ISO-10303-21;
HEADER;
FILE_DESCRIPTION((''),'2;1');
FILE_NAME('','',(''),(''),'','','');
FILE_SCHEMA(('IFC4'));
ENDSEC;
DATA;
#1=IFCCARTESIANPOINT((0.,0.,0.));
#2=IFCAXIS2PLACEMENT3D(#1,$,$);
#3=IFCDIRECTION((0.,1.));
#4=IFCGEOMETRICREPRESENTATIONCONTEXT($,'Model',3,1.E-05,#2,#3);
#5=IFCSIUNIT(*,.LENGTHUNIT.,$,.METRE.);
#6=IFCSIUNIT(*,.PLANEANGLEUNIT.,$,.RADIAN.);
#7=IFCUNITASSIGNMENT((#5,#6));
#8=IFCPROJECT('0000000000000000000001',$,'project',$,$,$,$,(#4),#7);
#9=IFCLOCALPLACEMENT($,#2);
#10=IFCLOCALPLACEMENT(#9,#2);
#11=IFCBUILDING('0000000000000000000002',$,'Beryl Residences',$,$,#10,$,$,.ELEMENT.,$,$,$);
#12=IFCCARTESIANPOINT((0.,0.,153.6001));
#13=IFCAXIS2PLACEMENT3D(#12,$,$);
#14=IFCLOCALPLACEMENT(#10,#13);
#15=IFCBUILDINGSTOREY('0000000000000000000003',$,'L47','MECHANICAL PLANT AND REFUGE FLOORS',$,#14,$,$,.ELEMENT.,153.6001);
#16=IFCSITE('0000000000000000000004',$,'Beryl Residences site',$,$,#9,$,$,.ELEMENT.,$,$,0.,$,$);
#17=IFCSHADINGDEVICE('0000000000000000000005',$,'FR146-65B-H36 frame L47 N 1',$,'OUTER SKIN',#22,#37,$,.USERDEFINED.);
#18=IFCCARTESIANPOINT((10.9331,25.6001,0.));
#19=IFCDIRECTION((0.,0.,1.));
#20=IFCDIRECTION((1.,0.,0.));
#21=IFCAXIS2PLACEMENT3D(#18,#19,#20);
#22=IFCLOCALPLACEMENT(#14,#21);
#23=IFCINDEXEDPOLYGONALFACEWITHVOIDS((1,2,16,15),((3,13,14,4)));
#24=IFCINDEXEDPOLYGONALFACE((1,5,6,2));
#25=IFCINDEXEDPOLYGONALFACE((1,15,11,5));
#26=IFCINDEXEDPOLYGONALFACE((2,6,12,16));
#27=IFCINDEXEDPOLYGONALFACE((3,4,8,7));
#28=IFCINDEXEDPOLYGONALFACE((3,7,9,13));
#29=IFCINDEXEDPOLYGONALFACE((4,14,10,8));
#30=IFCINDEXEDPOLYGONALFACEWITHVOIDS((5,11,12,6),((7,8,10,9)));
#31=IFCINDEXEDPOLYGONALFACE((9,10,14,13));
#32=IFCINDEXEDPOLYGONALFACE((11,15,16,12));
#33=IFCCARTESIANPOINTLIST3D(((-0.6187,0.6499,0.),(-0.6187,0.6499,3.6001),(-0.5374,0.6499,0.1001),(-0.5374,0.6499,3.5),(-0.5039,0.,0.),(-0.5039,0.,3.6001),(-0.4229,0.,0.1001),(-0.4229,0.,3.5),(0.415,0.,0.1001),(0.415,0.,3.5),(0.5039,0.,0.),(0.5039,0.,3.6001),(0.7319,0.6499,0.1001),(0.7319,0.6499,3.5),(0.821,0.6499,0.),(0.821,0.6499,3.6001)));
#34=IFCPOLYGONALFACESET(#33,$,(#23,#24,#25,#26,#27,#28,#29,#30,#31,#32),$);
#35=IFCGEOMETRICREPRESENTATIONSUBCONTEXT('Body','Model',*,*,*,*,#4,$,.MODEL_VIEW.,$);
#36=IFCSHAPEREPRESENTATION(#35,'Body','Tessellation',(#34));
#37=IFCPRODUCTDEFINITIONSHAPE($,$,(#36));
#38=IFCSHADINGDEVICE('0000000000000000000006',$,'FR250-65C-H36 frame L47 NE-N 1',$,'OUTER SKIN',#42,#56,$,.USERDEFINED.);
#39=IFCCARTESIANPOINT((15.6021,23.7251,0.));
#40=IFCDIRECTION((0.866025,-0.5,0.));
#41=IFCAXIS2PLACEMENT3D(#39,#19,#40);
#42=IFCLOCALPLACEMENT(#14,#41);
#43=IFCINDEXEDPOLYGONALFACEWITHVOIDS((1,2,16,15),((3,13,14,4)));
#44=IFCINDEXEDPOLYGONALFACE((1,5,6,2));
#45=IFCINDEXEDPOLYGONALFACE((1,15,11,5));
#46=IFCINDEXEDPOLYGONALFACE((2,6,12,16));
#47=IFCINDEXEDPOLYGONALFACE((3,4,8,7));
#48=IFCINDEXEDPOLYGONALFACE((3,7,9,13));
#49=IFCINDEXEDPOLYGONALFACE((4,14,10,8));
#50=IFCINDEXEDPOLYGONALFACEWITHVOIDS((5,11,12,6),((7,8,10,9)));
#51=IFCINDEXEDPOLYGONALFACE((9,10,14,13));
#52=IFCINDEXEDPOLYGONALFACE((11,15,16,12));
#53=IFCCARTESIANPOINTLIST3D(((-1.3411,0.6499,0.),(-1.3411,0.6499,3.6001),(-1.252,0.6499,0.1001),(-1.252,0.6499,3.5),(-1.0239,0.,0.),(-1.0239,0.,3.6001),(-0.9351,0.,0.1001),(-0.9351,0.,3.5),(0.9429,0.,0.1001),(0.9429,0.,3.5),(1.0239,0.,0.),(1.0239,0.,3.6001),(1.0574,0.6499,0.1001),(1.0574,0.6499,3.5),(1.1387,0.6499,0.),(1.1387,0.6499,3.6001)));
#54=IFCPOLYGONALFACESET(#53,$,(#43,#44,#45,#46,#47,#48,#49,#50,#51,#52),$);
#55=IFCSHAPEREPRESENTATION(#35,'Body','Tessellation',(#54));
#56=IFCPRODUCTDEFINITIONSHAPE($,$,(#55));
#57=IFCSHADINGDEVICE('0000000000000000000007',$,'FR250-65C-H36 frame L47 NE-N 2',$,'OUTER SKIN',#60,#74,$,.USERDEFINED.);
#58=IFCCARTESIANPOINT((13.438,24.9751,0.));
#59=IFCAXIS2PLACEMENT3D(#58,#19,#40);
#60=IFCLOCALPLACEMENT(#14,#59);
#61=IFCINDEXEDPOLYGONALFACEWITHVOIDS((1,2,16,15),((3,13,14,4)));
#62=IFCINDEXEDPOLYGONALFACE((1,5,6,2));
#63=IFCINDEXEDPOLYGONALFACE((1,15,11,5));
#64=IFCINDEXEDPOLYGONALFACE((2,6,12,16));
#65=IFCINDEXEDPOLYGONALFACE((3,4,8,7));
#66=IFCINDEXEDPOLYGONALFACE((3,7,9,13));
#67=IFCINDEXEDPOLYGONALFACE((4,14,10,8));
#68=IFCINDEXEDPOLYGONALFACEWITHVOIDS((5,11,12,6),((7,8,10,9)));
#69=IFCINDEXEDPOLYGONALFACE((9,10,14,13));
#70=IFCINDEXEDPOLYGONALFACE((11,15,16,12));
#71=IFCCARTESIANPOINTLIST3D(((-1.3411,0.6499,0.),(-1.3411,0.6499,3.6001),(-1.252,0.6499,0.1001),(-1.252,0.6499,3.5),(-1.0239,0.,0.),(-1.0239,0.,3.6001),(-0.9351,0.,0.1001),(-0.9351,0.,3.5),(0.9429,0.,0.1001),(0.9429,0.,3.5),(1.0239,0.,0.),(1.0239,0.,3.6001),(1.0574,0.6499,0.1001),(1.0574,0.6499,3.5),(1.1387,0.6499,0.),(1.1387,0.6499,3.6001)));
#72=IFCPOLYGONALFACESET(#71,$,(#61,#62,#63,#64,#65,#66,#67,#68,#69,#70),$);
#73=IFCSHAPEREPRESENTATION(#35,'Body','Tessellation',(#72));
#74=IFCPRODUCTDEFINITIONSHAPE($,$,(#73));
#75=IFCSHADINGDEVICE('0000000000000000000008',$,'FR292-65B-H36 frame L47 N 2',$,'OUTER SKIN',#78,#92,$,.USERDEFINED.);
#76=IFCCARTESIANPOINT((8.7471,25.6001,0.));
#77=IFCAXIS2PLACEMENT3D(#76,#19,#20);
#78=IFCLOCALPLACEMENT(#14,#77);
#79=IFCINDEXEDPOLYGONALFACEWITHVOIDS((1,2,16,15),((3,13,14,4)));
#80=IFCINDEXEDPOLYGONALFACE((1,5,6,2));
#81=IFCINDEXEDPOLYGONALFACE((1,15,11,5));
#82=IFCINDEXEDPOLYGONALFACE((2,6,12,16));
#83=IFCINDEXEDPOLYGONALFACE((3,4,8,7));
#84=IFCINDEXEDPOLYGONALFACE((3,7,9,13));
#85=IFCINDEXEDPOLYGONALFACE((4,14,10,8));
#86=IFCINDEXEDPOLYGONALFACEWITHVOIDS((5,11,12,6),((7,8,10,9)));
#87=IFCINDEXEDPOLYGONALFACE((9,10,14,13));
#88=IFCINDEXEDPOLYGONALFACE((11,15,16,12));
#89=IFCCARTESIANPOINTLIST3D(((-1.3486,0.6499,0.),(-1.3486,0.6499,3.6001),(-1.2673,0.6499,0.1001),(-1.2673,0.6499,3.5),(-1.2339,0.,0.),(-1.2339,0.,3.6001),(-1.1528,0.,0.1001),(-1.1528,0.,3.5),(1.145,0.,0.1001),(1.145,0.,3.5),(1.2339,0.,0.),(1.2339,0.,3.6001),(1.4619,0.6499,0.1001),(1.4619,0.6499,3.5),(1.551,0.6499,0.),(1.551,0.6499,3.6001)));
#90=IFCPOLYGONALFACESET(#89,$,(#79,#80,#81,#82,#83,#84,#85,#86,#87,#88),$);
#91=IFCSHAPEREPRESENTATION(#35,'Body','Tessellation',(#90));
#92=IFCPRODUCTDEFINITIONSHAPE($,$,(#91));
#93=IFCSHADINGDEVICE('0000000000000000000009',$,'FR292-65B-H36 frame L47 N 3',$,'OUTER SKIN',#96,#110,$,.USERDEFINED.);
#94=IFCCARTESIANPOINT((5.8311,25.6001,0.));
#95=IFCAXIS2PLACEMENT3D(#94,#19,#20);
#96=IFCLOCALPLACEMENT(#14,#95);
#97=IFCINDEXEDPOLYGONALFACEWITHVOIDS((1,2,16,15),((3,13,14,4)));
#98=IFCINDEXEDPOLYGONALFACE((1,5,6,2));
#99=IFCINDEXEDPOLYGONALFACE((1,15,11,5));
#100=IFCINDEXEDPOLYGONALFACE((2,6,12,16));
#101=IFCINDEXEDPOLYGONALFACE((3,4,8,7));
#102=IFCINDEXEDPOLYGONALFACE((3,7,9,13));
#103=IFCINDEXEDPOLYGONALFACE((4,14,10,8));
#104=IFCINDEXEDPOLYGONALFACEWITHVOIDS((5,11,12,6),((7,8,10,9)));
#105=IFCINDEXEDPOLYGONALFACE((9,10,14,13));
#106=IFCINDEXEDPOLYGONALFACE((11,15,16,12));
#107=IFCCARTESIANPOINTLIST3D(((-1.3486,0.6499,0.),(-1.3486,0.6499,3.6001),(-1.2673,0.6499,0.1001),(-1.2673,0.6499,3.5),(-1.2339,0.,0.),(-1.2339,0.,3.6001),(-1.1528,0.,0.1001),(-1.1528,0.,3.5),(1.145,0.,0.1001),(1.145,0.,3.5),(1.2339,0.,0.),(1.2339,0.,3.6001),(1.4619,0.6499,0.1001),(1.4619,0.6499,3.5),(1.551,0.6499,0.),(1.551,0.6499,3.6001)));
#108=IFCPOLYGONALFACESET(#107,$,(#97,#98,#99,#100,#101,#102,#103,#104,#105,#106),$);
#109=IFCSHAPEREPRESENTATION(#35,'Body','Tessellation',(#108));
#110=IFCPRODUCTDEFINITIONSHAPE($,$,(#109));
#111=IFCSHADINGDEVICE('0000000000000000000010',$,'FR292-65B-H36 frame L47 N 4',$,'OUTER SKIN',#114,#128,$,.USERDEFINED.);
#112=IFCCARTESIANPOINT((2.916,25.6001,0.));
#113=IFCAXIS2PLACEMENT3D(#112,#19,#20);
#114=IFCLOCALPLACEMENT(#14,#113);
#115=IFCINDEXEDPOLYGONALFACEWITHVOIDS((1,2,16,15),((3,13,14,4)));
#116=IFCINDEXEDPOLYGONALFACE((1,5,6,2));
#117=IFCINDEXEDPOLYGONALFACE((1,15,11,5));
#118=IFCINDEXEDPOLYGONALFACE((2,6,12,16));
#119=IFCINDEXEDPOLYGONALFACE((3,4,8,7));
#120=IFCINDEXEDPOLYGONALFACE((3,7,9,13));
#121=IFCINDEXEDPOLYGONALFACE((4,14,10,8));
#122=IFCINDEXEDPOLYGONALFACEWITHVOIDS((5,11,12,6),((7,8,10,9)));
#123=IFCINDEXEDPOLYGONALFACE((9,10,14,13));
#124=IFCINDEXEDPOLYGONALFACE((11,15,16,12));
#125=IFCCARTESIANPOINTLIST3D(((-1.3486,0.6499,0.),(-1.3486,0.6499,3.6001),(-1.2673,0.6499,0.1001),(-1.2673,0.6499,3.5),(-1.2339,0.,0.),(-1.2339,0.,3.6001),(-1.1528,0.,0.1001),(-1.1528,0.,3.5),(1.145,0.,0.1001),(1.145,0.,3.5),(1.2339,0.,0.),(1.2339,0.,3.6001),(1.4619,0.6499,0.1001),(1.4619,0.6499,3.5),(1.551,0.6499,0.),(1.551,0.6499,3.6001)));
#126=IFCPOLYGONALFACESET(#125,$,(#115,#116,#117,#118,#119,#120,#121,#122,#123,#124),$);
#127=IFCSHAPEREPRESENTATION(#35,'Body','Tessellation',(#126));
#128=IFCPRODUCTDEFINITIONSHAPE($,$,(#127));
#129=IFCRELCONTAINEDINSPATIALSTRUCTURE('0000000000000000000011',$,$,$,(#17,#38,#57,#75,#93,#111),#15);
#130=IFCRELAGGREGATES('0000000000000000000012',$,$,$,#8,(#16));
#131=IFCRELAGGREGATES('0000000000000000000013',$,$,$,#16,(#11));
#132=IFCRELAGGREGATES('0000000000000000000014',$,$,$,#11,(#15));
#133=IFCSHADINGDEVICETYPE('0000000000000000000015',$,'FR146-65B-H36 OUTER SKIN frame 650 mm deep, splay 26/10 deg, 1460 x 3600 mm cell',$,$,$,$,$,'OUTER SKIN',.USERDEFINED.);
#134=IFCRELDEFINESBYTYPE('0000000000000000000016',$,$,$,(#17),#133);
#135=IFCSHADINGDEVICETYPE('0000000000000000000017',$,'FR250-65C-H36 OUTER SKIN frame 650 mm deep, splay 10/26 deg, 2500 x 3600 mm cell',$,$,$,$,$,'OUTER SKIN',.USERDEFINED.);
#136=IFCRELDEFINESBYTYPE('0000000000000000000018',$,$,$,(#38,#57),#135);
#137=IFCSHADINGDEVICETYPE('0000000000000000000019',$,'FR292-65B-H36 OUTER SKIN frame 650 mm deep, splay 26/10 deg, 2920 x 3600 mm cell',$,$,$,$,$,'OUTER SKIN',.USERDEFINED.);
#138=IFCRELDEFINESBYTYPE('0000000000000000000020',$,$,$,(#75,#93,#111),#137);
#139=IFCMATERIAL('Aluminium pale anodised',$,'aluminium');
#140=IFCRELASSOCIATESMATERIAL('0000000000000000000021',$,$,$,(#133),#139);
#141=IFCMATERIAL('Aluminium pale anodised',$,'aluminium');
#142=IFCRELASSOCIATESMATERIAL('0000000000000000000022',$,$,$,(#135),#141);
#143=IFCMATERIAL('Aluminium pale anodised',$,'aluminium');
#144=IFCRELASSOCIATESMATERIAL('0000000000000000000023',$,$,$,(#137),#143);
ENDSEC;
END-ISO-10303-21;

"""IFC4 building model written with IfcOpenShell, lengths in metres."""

from ifc_helpers import new_model, entity, si_unit, direction, frame, origin, place, context, subcontext, project, spatial, source, transform, mapped, material, type_object, type_shapes, element, save


model = new_model("IFC4")

# Units and contexts
model_context = context("Model", 3, precision=1e-05, world=origin(), true_north=direction((0.0, 1.0)))
body_context = subcontext(model_context, "Body", "Model", "MODEL_VIEW")
ifc_project = project(units=[si_unit("LENGTHUNIT", "METRE"), si_unit("PLANEANGLEUNIT", "RADIAN")], contexts=[model_context])

# Site, building, storey
site_placement = place(None, origin())
site = spatial("IfcSite", under=ifc_project, at=site_placement, Name="Beryl Residences site", CompositionType="ELEMENT", RefElevation=0.0)
building_placement = place(site_placement, origin())
building = spatial("IfcBuilding", under=site, at=building_placement, Name="Beryl Residences", CompositionType="ELEMENT")
storey_placement = place(building_placement, frame((0.0, 0.0, 153.6001)))
storey = spatial("IfcBuildingStorey", under=building, at=storey_placement, Name="L47", Description="MECHANICAL PLANT AND REFUGE FLOORS", CompositionType="ELEMENT", Elevation=153.6001)

# Shading devices
ifc_material_1 = material(Name="Aluminium pale anodised", Category="aluminium")
shading_device_type_1 = type_object("IfcShadingDeviceType", Name="FR146-65B-H36 OUTER SKIN frame 650 mm deep, splay 26/10 deg, 1460 x 3600 mm cell", ElementType="OUTER SKIN", PredefinedType="USERDEFINED", material=ifc_material_1)
cartesian_point_1 = entity("IfcCartesianPoint", [-0.5039, 0.0])
cartesian_point_2 = entity("IfcCartesianPoint", [-0.415, 0.1001])
cartesian_point_3 = entity("IfcCartesianPoint", [-0.821, 0.0])
cartesian_point_4 = entity("IfcCartesianPoint", [-0.7319, 0.1001])
shared_shape_1 = source(origin(), body_context, "Body", "SweptSolid", [
    entity("IfcExtrudedAreaSolidTapered", entity("IfcArbitraryProfileDefWithVoids", "AREA", None, entity("IfcPolyline", [cartesian_point_1, entity("IfcCartesianPoint", [0.5039, 0.0]), entity("IfcCartesianPoint", [0.5039, 3.6001]), entity("IfcCartesianPoint", [-0.5039, 3.6001]), cartesian_point_1]), [entity("IfcPolyline", [cartesian_point_2, entity("IfcCartesianPoint", [0.4229, 0.1001]), entity("IfcCartesianPoint", [0.4229, 3.5]), entity("IfcCartesianPoint", [-0.415, 3.5]), cartesian_point_2])]), entity("IfcAxis2Placement3D", entity("IfcCartesianPoint", [0.0, 0.0, 0.0]), entity("IfcDirection", [0.0, 1.0, 0.0]), entity("IfcDirection", [-1.0, 0.0, 0.0])), entity("IfcDirection", [0.0, 0.0, 1.0]), 0.6499, entity("IfcArbitraryProfileDefWithVoids", "AREA", None, entity("IfcPolyline", [cartesian_point_3, entity("IfcCartesianPoint", [0.6187, 0.0]), entity("IfcCartesianPoint", [0.6187, 3.6001]), entity("IfcCartesianPoint", [-0.821, 3.6001]), cartesian_point_3]), [entity("IfcPolyline", [cartesian_point_4, entity("IfcCartesianPoint", [0.5374, 0.1001]), entity("IfcCartesianPoint", [0.5374, 3.5]), entity("IfcCartesianPoint", [-0.7319, 3.5]), cartesian_point_4])])),
])
type_shapes(shading_device_type_1, [shared_shape_1])
shading_device_placement = place(storey_placement, frame((10.9331, 25.6001, 0.0), z_axis=(0.0, 0.0, 1.0), x_axis=(1.0, 0.0, 0.0)))
element("IfcShadingDevice", 1, at=shading_device_placement, inside=storey, type_object=shading_device_type_1, Name="FR146-65B-H36 frame L47 N 1", ObjectType="OUTER SKIN", PredefinedType="USERDEFINED", context=body_context, shape_type="MappedRepresentation", body=[
    mapped(shared_shape_1, transform((0.0, 0.0, 0.0))),
])
ifc_material_2 = material(Name="Aluminium pale anodised", Category="aluminium")
shading_device_type_2 = type_object("IfcShadingDeviceType", Name="FR250-65C-H36 OUTER SKIN frame 650 mm deep, splay 10/26 deg, 2500 x 3600 mm cell", ElementType="OUTER SKIN", PredefinedType="USERDEFINED", material=ifc_material_2)
cartesian_point_5 = entity("IfcCartesianPoint", [-1.0239, 0.0])
cartesian_point_6 = entity("IfcCartesianPoint", [-0.9429, 0.1001])
cartesian_point_7 = entity("IfcCartesianPoint", [-1.1387, 0.0])
cartesian_point_8 = entity("IfcCartesianPoint", [-1.0574, 0.1001])
shared_shape_2 = source(origin(), body_context, "Body", "SweptSolid", [
    entity("IfcExtrudedAreaSolidTapered", entity("IfcArbitraryProfileDefWithVoids", "AREA", None, entity("IfcPolyline", [cartesian_point_5, entity("IfcCartesianPoint", [1.0239, 0.0]), entity("IfcCartesianPoint", [1.0239, 3.6001]), entity("IfcCartesianPoint", [-1.0239, 3.6001]), cartesian_point_5]), [entity("IfcPolyline", [cartesian_point_6, entity("IfcCartesianPoint", [0.9351, 0.1001]), entity("IfcCartesianPoint", [0.9351, 3.5]), entity("IfcCartesianPoint", [-0.9429, 3.5]), cartesian_point_6])]), entity("IfcAxis2Placement3D", entity("IfcCartesianPoint", [0.0, 0.0, 0.0]), entity("IfcDirection", [0.0, 1.0, 0.0]), entity("IfcDirection", [-1.0, 0.0, 0.0])), entity("IfcDirection", [0.0, 0.0, 1.0]), 0.6499, entity("IfcArbitraryProfileDefWithVoids", "AREA", None, entity("IfcPolyline", [cartesian_point_7, entity("IfcCartesianPoint", [1.3411, 0.0]), entity("IfcCartesianPoint", [1.3411, 3.6001]), entity("IfcCartesianPoint", [-1.1387, 3.6001]), cartesian_point_7]), [entity("IfcPolyline", [cartesian_point_8, entity("IfcCartesianPoint", [1.252, 0.1001]), entity("IfcCartesianPoint", [1.252, 3.5]), entity("IfcCartesianPoint", [-1.0574, 3.5]), cartesian_point_8])])),
])
type_shapes(shading_device_type_2, [shared_shape_2])
for number, where, z_axis, x_axis, name in (
    (2, (15.6021, 23.7251, 0.0), (0.0, 0.0, 1.0), (0.866025, -0.5, 0.0), "FR250-65C-H36 frame L47 NE-N 1"),
    (3, (13.438, 24.9751, 0.0), (0.0, 0.0, 1.0), (0.866025, -0.5, 0.0), "FR250-65C-H36 frame L47 NE-N 2"),
):
    element("IfcShadingDevice", number, at=place(storey_placement, frame(where, z_axis=z_axis, x_axis=x_axis)), inside=storey, type_object=shading_device_type_2, Name=name, ObjectType="OUTER SKIN", PredefinedType="USERDEFINED", context=body_context, shape_type="MappedRepresentation", body=[
        mapped(shared_shape_2, transform((0.0, 0.0, 0.0))),
    ])
ifc_material_3 = material(Name="Aluminium pale anodised", Category="aluminium")
shading_device_type_3 = type_object("IfcShadingDeviceType", Name="FR292-65B-H36 OUTER SKIN frame 650 mm deep, splay 26/10 deg, 2920 x 3600 mm cell", ElementType="OUTER SKIN", PredefinedType="USERDEFINED", material=ifc_material_3)
cartesian_point_9 = entity("IfcCartesianPoint", [-1.2339, 0.0])
cartesian_point_10 = entity("IfcCartesianPoint", [-1.145, 0.1001])
cartesian_point_11 = entity("IfcCartesianPoint", [-1.551, 0.0])
cartesian_point_12 = entity("IfcCartesianPoint", [-1.4619, 0.1001])
shared_shape_3 = source(origin(), body_context, "Body", "SweptSolid", [
    entity("IfcExtrudedAreaSolidTapered", entity("IfcArbitraryProfileDefWithVoids", "AREA", None, entity("IfcPolyline", [cartesian_point_9, entity("IfcCartesianPoint", [1.2339, 0.0]), entity("IfcCartesianPoint", [1.2339, 3.6001]), entity("IfcCartesianPoint", [-1.2339, 3.6001]), cartesian_point_9]), [entity("IfcPolyline", [cartesian_point_10, entity("IfcCartesianPoint", [1.1528, 0.1001]), entity("IfcCartesianPoint", [1.1528, 3.5]), entity("IfcCartesianPoint", [-1.145, 3.5]), cartesian_point_10])]), entity("IfcAxis2Placement3D", entity("IfcCartesianPoint", [0.0, 0.0, 0.0]), entity("IfcDirection", [0.0, 1.0, 0.0]), entity("IfcDirection", [-1.0, 0.0, 0.0])), entity("IfcDirection", [0.0, 0.0, 1.0]), 0.6499, entity("IfcArbitraryProfileDefWithVoids", "AREA", None, entity("IfcPolyline", [cartesian_point_11, entity("IfcCartesianPoint", [1.3486, 0.0]), entity("IfcCartesianPoint", [1.3486, 3.6001]), entity("IfcCartesianPoint", [-1.551, 3.6001]), cartesian_point_11]), [entity("IfcPolyline", [cartesian_point_12, entity("IfcCartesianPoint", [1.2673, 0.1001]), entity("IfcCartesianPoint", [1.2673, 3.5]), entity("IfcCartesianPoint", [-1.4619, 3.5]), cartesian_point_12])])),
])
type_shapes(shading_device_type_3, [shared_shape_3])
for number, where, z_axis, x_axis, name in (
    (4, (8.7471, 25.6001, 0.0), (0.0, 0.0, 1.0), (1.0, 0.0, 0.0), "FR292-65B-H36 frame L47 N 2"),
    (5, (5.8311, 25.6001, 0.0), (0.0, 0.0, 1.0), (1.0, 0.0, 0.0), "FR292-65B-H36 frame L47 N 3"),
    (6, (2.916, 25.6001, 0.0), (0.0, 0.0, 1.0), (1.0, 0.0, 0.0), "FR292-65B-H36 frame L47 N 4"),
):
    element("IfcShadingDevice", number, at=place(storey_placement, frame(where, z_axis=z_axis, x_axis=x_axis)), inside=storey, type_object=shading_device_type_3, Name=name, ObjectType="OUTER SKIN", PredefinedType="USERDEFINED", context=body_context, shape_type="MappedRepresentation", body=[
        mapped(shared_shape_3, transform((0.0, 0.0, 0.0))),
    ])

save(model, "model.ifc")
